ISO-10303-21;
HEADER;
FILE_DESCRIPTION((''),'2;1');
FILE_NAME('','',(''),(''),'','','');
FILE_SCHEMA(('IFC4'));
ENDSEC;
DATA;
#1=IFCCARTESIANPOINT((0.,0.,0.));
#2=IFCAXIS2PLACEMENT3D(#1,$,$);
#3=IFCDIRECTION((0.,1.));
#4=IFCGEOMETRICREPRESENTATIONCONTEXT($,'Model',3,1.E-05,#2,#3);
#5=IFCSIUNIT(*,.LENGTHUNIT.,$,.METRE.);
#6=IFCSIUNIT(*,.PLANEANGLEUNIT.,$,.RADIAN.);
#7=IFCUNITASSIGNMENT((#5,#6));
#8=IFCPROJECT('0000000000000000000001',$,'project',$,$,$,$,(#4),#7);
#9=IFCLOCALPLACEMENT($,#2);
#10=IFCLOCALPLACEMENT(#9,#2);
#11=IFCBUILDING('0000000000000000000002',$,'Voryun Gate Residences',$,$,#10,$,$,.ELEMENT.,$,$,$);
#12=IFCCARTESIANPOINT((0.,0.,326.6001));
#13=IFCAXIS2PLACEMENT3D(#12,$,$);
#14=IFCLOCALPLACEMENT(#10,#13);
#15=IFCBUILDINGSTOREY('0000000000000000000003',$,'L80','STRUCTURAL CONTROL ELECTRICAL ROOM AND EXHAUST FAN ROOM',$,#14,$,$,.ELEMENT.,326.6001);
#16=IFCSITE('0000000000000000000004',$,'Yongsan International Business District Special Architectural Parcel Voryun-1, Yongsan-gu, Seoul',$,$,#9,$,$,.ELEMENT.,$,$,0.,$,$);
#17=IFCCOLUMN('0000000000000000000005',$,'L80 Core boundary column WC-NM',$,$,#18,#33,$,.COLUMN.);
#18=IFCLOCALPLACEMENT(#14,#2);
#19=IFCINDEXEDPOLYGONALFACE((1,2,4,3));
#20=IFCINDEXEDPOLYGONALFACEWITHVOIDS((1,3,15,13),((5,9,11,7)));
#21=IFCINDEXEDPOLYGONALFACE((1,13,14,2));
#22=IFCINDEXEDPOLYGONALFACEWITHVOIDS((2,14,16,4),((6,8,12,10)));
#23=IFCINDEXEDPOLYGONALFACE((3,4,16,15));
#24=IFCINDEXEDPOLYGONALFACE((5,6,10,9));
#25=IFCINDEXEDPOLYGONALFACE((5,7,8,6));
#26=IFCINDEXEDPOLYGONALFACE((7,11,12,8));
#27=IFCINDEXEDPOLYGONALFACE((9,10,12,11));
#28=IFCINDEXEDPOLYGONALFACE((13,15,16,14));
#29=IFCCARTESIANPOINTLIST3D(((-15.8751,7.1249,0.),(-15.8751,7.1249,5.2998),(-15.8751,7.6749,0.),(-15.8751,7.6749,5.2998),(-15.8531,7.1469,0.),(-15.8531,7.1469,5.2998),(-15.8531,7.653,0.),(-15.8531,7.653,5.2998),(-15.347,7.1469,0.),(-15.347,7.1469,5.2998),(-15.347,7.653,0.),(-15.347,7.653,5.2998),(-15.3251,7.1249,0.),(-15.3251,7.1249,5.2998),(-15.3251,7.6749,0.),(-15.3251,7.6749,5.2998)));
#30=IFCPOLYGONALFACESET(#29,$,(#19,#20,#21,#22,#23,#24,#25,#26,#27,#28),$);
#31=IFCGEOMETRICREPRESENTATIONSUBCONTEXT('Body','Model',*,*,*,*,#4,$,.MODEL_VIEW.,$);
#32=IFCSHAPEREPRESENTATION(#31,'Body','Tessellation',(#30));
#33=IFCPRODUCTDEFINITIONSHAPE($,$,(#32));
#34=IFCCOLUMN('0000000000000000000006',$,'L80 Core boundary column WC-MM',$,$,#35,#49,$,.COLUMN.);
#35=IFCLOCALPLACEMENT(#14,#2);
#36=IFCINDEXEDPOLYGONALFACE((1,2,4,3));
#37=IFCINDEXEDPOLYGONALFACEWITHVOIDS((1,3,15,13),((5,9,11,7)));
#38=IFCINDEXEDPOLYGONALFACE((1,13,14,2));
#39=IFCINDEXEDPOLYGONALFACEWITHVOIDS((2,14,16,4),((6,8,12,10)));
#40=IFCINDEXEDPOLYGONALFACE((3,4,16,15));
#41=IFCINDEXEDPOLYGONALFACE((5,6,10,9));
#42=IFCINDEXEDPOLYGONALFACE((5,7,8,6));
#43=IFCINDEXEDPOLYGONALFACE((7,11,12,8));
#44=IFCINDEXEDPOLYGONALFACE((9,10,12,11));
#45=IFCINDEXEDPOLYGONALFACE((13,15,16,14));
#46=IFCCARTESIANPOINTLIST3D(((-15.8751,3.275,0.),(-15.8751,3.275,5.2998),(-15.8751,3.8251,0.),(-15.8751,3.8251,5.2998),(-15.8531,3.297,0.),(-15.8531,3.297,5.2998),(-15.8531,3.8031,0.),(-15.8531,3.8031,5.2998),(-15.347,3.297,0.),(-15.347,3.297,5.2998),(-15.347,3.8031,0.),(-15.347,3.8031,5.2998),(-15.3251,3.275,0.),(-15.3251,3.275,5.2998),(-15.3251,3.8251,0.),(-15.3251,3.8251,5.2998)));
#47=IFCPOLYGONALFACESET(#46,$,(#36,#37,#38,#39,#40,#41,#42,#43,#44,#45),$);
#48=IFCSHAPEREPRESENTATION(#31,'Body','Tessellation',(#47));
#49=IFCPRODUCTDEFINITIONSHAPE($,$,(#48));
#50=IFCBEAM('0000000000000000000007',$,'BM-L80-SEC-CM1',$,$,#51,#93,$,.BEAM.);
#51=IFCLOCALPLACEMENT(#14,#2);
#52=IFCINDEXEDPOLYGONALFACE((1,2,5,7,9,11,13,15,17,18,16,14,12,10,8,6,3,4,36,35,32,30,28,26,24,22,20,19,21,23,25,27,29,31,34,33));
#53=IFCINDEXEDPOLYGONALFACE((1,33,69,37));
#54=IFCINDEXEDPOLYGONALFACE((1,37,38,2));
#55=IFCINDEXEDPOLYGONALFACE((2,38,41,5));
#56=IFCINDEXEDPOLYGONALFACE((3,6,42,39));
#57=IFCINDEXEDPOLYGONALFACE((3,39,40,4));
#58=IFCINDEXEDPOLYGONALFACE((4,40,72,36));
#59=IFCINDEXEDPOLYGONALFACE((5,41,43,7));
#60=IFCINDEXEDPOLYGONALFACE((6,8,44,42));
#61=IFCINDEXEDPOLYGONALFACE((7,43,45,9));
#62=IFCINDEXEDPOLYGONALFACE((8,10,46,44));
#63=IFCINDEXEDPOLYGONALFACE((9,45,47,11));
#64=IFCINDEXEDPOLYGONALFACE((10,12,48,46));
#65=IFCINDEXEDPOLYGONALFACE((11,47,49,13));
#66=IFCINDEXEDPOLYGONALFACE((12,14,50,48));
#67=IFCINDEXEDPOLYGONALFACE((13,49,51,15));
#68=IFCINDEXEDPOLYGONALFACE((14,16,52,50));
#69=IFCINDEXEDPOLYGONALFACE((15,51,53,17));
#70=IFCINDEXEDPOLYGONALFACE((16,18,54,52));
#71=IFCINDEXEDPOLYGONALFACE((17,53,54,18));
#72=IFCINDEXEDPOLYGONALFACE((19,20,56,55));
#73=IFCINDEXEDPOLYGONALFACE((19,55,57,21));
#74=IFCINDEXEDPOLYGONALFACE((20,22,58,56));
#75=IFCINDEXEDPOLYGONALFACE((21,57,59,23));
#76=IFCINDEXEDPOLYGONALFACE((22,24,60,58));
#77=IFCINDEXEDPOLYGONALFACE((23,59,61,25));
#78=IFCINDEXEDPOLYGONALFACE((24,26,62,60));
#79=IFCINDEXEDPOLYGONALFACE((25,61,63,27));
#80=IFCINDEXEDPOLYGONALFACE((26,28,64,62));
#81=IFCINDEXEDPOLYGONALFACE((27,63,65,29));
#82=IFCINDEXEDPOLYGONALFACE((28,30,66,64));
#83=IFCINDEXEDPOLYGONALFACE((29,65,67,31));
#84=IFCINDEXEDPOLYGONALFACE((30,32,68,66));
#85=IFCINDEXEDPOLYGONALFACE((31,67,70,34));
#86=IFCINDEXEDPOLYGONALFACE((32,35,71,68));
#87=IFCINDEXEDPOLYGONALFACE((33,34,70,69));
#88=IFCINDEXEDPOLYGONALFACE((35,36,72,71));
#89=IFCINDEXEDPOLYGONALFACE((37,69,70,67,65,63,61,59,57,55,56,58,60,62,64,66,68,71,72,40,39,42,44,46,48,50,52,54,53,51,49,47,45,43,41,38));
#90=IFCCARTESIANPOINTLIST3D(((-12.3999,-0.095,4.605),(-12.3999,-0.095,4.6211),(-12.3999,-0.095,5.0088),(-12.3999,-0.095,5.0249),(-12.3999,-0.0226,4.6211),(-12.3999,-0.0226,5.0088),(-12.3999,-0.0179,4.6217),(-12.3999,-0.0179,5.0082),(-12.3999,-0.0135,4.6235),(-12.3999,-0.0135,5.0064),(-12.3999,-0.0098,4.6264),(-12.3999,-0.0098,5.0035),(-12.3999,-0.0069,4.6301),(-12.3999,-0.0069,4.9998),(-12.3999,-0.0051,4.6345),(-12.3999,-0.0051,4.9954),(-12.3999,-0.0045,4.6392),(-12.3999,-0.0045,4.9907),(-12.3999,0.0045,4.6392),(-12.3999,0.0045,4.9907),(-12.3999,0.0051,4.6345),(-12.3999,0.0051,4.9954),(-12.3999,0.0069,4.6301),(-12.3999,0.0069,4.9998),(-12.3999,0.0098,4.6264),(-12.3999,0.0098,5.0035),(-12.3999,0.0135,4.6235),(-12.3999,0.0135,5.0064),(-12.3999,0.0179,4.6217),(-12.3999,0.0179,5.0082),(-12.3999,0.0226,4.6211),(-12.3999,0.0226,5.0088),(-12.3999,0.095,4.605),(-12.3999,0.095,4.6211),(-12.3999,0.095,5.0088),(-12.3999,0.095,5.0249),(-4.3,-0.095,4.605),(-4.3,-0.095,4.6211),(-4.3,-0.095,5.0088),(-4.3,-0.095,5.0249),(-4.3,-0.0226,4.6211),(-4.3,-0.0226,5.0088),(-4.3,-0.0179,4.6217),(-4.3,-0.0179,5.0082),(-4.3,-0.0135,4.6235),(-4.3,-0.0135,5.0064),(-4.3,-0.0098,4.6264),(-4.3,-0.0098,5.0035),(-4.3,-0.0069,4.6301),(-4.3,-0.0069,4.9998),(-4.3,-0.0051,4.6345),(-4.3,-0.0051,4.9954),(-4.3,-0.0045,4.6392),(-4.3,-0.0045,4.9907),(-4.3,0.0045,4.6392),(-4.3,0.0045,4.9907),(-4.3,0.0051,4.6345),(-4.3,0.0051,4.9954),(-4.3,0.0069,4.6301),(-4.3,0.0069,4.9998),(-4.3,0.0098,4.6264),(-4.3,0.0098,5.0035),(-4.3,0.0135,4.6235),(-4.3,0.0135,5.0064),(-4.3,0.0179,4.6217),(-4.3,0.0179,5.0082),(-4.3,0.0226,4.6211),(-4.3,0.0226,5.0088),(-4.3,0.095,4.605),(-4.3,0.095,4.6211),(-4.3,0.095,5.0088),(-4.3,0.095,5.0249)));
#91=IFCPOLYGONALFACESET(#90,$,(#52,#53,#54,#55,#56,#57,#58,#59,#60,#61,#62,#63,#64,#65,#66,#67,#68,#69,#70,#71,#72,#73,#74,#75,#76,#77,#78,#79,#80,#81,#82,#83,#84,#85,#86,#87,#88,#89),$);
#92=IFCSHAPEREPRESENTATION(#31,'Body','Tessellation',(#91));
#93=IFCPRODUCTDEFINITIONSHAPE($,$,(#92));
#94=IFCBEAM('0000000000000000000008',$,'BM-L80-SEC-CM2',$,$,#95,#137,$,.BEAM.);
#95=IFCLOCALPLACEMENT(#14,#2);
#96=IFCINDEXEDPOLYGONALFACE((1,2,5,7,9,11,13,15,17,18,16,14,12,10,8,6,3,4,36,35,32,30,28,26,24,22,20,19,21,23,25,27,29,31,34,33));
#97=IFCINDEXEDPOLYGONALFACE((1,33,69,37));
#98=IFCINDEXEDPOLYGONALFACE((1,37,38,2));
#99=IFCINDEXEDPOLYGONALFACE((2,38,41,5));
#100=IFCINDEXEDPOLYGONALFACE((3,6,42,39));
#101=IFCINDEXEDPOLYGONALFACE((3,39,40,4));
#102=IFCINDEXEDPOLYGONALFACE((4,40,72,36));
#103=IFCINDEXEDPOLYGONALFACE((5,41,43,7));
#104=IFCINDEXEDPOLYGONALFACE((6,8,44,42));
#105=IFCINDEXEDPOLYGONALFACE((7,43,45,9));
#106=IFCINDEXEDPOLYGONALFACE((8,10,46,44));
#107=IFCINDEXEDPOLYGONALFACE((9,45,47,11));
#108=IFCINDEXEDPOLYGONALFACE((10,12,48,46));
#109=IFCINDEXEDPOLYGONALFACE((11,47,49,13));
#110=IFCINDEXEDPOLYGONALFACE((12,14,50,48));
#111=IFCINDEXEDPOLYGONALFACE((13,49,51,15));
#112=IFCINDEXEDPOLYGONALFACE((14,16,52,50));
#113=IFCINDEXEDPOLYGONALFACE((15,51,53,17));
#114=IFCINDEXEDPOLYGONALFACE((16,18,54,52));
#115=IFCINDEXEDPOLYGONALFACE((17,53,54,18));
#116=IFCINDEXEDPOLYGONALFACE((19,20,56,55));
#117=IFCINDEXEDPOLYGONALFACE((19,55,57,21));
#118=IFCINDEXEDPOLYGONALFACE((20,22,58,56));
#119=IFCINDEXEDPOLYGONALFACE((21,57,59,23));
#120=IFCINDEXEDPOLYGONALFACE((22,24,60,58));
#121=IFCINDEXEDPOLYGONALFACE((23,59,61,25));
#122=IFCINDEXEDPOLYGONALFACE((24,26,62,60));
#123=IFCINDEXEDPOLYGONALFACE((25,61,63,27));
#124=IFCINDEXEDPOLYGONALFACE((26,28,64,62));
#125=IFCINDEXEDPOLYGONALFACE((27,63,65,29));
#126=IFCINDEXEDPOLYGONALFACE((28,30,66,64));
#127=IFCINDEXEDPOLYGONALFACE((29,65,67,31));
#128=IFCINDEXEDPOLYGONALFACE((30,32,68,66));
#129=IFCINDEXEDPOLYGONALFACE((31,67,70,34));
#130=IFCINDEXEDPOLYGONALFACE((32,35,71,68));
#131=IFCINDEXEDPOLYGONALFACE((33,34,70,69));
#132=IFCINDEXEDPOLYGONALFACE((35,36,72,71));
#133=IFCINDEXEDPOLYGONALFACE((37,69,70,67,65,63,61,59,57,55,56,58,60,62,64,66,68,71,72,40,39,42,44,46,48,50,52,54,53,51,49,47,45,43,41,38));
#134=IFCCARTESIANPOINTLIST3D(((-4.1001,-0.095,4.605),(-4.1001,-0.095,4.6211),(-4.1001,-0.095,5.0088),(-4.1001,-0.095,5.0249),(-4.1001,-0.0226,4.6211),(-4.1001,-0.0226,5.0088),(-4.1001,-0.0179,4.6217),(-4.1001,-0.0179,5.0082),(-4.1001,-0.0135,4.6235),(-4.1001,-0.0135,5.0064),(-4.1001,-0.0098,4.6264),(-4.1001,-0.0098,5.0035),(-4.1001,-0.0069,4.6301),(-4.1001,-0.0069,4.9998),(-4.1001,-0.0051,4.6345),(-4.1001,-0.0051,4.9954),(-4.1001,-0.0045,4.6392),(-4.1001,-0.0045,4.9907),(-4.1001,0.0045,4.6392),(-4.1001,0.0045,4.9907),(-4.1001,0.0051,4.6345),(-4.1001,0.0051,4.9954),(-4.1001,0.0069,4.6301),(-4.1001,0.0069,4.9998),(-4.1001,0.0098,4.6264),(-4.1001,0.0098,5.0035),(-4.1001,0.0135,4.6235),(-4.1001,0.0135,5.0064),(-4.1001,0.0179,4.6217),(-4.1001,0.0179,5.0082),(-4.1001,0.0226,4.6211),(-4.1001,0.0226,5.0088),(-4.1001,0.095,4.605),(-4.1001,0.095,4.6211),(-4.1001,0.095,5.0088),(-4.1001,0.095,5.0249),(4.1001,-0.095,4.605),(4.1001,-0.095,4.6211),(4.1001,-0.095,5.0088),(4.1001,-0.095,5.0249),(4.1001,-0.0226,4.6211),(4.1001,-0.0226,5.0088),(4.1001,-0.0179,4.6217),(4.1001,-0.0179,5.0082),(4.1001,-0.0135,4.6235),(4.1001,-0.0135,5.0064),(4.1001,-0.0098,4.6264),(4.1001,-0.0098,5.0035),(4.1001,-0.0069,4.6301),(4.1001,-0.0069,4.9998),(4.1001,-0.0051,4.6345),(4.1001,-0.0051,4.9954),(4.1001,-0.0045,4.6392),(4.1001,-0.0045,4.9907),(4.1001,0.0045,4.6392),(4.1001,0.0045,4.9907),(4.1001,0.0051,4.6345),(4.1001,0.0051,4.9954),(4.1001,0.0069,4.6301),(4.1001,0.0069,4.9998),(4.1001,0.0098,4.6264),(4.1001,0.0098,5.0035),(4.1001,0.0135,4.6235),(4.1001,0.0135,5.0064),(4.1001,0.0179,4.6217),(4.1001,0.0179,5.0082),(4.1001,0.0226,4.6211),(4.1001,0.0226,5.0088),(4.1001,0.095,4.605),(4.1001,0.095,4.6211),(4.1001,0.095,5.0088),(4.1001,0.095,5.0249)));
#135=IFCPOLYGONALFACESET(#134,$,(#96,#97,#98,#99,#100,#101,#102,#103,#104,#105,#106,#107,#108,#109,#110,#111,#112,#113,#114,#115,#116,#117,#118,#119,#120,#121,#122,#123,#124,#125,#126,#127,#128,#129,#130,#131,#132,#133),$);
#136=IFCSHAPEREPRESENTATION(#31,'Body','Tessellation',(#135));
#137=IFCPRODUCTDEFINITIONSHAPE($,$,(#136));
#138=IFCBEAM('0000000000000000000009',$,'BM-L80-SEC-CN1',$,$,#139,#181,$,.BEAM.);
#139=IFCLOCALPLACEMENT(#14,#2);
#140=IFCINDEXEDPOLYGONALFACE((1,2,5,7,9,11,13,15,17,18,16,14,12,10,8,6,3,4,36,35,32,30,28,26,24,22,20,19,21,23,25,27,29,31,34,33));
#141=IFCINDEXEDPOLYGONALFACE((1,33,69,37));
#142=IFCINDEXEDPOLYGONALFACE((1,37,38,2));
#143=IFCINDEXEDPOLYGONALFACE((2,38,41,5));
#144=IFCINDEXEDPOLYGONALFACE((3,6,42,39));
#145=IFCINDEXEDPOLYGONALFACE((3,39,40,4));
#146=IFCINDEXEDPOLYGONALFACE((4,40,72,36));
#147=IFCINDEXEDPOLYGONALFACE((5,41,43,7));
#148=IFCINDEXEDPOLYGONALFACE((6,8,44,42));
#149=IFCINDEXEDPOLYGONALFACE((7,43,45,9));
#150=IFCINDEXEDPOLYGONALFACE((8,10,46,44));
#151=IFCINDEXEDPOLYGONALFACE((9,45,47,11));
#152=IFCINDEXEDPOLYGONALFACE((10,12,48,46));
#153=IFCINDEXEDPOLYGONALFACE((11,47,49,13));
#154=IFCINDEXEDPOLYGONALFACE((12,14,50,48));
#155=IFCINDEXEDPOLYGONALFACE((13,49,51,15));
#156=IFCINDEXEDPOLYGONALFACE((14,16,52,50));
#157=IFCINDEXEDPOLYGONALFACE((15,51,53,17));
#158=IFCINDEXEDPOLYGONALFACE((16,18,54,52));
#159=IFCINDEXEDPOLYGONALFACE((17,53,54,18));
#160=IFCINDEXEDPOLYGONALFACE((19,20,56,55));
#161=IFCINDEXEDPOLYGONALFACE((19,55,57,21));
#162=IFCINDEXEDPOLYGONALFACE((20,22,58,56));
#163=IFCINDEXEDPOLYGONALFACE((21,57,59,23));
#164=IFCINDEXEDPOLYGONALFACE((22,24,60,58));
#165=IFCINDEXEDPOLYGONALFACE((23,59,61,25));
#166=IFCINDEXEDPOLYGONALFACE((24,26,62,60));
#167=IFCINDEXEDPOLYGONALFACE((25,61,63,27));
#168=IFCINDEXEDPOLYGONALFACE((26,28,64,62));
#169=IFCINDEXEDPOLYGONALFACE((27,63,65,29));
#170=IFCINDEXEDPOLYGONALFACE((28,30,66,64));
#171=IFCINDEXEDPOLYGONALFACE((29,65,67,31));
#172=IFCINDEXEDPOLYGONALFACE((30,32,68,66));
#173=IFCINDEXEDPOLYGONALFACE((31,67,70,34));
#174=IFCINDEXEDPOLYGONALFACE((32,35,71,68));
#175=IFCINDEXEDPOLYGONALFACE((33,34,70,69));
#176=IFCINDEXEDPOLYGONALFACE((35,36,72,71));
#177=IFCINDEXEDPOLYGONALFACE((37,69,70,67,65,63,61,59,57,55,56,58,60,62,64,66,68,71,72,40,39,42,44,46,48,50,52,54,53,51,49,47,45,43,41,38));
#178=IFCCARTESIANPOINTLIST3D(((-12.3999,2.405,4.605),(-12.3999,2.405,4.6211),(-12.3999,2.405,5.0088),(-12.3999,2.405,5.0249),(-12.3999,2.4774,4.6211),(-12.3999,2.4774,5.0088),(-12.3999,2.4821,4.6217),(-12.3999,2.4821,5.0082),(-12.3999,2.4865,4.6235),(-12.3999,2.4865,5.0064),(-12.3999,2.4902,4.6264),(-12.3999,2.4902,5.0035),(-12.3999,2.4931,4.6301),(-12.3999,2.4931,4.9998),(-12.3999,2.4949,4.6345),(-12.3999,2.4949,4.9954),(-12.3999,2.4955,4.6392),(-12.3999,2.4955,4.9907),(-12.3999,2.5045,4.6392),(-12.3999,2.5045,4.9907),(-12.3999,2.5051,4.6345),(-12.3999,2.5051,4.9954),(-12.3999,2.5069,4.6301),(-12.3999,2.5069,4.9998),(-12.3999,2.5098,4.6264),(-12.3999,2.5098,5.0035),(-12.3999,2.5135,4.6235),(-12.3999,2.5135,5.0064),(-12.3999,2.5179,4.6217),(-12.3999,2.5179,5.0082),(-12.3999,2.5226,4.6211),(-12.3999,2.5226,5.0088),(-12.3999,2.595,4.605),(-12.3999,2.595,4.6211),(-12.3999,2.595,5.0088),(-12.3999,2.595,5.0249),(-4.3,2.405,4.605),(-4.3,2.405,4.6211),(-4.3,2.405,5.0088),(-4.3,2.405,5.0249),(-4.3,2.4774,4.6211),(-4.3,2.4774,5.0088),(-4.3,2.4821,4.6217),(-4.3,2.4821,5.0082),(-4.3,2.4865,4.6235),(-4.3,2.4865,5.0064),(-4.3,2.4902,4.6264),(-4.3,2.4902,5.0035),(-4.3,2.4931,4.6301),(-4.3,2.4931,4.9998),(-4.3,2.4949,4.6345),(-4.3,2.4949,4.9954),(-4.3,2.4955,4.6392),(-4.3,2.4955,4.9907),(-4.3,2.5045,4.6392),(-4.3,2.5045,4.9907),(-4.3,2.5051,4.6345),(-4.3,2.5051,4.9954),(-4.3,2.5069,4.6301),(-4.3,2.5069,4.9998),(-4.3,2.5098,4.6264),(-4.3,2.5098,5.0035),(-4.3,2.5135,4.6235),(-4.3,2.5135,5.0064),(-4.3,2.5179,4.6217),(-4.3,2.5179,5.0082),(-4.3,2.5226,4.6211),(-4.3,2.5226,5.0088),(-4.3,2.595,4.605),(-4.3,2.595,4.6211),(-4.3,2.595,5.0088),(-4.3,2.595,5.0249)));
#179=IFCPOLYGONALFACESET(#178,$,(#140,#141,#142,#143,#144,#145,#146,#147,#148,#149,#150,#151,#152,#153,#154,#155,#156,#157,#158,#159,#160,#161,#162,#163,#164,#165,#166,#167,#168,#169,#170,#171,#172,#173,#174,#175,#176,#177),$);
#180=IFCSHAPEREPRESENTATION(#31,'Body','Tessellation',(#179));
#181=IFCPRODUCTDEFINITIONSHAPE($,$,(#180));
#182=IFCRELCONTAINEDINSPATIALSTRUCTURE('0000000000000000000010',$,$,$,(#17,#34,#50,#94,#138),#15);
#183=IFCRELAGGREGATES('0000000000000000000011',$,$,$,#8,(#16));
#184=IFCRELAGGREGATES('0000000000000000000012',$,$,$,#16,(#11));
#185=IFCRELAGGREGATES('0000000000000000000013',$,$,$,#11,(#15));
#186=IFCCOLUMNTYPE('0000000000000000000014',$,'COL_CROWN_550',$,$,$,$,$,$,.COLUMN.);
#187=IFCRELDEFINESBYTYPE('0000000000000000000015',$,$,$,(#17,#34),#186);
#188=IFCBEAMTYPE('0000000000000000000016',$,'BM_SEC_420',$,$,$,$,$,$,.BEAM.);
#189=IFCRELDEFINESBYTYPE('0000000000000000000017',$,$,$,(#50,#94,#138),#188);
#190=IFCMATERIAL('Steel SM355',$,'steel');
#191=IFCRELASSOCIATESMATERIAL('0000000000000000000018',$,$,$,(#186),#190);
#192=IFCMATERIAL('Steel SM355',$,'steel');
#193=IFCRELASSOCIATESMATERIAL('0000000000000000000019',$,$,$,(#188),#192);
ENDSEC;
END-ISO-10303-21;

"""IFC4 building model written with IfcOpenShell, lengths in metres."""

from ifc_helpers import new_model, si_unit, direction, frame, origin, origin_2d, place, context, subcontext, project, spatial, hollow_rectangle, i_section, extrude, material, material_profile, profile_set, type_object, element, save


model = new_model("IFC4")

# Units and contexts
model_context = context("Model", 3, precision=1e-05, world=origin(), true_north=direction((0.0, 1.0)))
body_context = subcontext(model_context, "Body", "Model", "MODEL_VIEW")
ifc_project = project(units=[si_unit("LENGTHUNIT", "METRE"), si_unit("PLANEANGLEUNIT", "RADIAN")], contexts=[model_context])

# Site, building, storey
site_placement = place(None, origin())
site = spatial("IfcSite", under=ifc_project, at=site_placement, Name="Yongsan International Business District Special Architectural Parcel Voryun-1, Yongsan-gu, Seoul", CompositionType="ELEMENT", RefElevation=0.0)
building_placement = place(site_placement, origin())
building = spatial("IfcBuilding", under=site, at=building_placement, Name="Voryun Gate Residences", CompositionType="ELEMENT")
storey_placement = place(building_placement, frame((0.0, 0.0, 326.6001)))
storey = spatial("IfcBuildingStorey", under=building, at=storey_placement, Name="L80", Description="STRUCTURAL CONTROL ELECTRICAL ROOM AND EXHAUST FAN ROOM", CompositionType="ELEMENT", Elevation=326.6001)

# Columns
ifc_material_1 = material(Name="Steel SM355", Category="steel")
ifc_material_profile_1 = material_profile(ifc_material_1, hollow_rectangle(XDim=0.55, YDim=0.55, WallThickness=0.022, at=origin_2d()), Name="BOX-550x550x22")
ifc_profile_set_1 = profile_set([ifc_material_profile_1], Name="Steel SM355")
column_type = type_object("IfcColumnType", Name="COL_CROWN_550", PredefinedType="COLUMN", material=ifc_profile_set_1)
for number, where, z_axis, x_axis, name in (
    (1, (-15.6001, 7.3999, 0.0), (0.0, 0.0, 1.0), (1.0, 0.0, 0.0), "L80 Core boundary column WC-NM"),
    (2, (-15.6001, 3.55, 0.0), (0.0, 0.0, 1.0), (1.0, 0.0, 0.0), "L80 Core boundary column WC-MM"),
):
    element("IfcColumn", number, at=place(storey_placement, frame(where, z_axis=z_axis, x_axis=x_axis)), inside=storey, type_object=column_type, Name=name, PredefinedType="COLUMN", context=body_context, shape_type="SweptSolid", body=[
        extrude(hollow_rectangle(XDim=0.55, YDim=0.55, WallThickness=0.022, at=origin_2d()), origin(), (0.0, 0.0, 1.0), 5.2998),
    ])

# Beams
ifc_material_2 = material(Name="Steel SM355", Category="steel")
ifc_material_profile_2 = material_profile(ifc_material_2, i_section(OverallWidth=0.1899, OverallDepth=0.4199, WebThickness=0.009, FlangeThickness=0.0161, FilletRadius=0.0181, at=origin_2d()), Name="H-420x190x9x16")
ifc_profile_set_2 = profile_set([ifc_material_profile_2], Name="Steel SM355")
beam_type = type_object("IfcBeamType", Name="BM_SEC_420", PredefinedType="BEAM", material=ifc_profile_set_2)
beam_1_placement = place(storey_placement, frame((-12.3999, 0.0, 4.8149), z_axis=(1.0, 0.0, 0.0), x_axis=(0.0, 1.0, 0.0)))
element("IfcBeam", 3, at=beam_1_placement, inside=storey, type_object=beam_type, Name="BM-L80-SEC-CM1", PredefinedType="BEAM", context=body_context, shape_type="SweptSolid", body=[
    extrude(i_section(OverallWidth=0.1899, OverallDepth=0.4199, WebThickness=0.009, FlangeThickness=0.0161, FilletRadius=0.0181, at=origin_2d()), origin(), (0.0, 0.0, 1.0), 8.0999),
])
beam_2_placement = place(storey_placement, frame((-4.1001, 0.0, 4.8149), z_axis=(1.0, 0.0, 0.0), x_axis=(0.0, 1.0, 0.0)))
element("IfcBeam", 4, at=beam_2_placement, inside=storey, type_object=beam_type, Name="BM-L80-SEC-CM2", PredefinedType="BEAM", context=body_context, shape_type="SweptSolid", body=[
    extrude(i_section(OverallWidth=0.1899, OverallDepth=0.4199, WebThickness=0.009, FlangeThickness=0.0161, FilletRadius=0.0181, at=origin_2d()), origin(), (0.0, 0.0, 1.0), 8.2002),
])
beam_3_placement = place(storey_placement, frame((-12.3999, 2.5, 4.8149), z_axis=(1.0, 0.0, 0.0), x_axis=(0.0, 1.0, 0.0)))
element("IfcBeam", 5, at=beam_3_placement, inside=storey, type_object=beam_type, Name="BM-L80-SEC-CN1", PredefinedType="BEAM", context=body_context, shape_type="SweptSolid", body=[
    extrude(i_section(OverallWidth=0.1899, OverallDepth=0.4199, WebThickness=0.009, FlangeThickness=0.0161, FilletRadius=0.0181, at=origin_2d()), origin(), (0.0, 0.0, 1.0), 8.0999),
])

save(model, "model.ifc")
